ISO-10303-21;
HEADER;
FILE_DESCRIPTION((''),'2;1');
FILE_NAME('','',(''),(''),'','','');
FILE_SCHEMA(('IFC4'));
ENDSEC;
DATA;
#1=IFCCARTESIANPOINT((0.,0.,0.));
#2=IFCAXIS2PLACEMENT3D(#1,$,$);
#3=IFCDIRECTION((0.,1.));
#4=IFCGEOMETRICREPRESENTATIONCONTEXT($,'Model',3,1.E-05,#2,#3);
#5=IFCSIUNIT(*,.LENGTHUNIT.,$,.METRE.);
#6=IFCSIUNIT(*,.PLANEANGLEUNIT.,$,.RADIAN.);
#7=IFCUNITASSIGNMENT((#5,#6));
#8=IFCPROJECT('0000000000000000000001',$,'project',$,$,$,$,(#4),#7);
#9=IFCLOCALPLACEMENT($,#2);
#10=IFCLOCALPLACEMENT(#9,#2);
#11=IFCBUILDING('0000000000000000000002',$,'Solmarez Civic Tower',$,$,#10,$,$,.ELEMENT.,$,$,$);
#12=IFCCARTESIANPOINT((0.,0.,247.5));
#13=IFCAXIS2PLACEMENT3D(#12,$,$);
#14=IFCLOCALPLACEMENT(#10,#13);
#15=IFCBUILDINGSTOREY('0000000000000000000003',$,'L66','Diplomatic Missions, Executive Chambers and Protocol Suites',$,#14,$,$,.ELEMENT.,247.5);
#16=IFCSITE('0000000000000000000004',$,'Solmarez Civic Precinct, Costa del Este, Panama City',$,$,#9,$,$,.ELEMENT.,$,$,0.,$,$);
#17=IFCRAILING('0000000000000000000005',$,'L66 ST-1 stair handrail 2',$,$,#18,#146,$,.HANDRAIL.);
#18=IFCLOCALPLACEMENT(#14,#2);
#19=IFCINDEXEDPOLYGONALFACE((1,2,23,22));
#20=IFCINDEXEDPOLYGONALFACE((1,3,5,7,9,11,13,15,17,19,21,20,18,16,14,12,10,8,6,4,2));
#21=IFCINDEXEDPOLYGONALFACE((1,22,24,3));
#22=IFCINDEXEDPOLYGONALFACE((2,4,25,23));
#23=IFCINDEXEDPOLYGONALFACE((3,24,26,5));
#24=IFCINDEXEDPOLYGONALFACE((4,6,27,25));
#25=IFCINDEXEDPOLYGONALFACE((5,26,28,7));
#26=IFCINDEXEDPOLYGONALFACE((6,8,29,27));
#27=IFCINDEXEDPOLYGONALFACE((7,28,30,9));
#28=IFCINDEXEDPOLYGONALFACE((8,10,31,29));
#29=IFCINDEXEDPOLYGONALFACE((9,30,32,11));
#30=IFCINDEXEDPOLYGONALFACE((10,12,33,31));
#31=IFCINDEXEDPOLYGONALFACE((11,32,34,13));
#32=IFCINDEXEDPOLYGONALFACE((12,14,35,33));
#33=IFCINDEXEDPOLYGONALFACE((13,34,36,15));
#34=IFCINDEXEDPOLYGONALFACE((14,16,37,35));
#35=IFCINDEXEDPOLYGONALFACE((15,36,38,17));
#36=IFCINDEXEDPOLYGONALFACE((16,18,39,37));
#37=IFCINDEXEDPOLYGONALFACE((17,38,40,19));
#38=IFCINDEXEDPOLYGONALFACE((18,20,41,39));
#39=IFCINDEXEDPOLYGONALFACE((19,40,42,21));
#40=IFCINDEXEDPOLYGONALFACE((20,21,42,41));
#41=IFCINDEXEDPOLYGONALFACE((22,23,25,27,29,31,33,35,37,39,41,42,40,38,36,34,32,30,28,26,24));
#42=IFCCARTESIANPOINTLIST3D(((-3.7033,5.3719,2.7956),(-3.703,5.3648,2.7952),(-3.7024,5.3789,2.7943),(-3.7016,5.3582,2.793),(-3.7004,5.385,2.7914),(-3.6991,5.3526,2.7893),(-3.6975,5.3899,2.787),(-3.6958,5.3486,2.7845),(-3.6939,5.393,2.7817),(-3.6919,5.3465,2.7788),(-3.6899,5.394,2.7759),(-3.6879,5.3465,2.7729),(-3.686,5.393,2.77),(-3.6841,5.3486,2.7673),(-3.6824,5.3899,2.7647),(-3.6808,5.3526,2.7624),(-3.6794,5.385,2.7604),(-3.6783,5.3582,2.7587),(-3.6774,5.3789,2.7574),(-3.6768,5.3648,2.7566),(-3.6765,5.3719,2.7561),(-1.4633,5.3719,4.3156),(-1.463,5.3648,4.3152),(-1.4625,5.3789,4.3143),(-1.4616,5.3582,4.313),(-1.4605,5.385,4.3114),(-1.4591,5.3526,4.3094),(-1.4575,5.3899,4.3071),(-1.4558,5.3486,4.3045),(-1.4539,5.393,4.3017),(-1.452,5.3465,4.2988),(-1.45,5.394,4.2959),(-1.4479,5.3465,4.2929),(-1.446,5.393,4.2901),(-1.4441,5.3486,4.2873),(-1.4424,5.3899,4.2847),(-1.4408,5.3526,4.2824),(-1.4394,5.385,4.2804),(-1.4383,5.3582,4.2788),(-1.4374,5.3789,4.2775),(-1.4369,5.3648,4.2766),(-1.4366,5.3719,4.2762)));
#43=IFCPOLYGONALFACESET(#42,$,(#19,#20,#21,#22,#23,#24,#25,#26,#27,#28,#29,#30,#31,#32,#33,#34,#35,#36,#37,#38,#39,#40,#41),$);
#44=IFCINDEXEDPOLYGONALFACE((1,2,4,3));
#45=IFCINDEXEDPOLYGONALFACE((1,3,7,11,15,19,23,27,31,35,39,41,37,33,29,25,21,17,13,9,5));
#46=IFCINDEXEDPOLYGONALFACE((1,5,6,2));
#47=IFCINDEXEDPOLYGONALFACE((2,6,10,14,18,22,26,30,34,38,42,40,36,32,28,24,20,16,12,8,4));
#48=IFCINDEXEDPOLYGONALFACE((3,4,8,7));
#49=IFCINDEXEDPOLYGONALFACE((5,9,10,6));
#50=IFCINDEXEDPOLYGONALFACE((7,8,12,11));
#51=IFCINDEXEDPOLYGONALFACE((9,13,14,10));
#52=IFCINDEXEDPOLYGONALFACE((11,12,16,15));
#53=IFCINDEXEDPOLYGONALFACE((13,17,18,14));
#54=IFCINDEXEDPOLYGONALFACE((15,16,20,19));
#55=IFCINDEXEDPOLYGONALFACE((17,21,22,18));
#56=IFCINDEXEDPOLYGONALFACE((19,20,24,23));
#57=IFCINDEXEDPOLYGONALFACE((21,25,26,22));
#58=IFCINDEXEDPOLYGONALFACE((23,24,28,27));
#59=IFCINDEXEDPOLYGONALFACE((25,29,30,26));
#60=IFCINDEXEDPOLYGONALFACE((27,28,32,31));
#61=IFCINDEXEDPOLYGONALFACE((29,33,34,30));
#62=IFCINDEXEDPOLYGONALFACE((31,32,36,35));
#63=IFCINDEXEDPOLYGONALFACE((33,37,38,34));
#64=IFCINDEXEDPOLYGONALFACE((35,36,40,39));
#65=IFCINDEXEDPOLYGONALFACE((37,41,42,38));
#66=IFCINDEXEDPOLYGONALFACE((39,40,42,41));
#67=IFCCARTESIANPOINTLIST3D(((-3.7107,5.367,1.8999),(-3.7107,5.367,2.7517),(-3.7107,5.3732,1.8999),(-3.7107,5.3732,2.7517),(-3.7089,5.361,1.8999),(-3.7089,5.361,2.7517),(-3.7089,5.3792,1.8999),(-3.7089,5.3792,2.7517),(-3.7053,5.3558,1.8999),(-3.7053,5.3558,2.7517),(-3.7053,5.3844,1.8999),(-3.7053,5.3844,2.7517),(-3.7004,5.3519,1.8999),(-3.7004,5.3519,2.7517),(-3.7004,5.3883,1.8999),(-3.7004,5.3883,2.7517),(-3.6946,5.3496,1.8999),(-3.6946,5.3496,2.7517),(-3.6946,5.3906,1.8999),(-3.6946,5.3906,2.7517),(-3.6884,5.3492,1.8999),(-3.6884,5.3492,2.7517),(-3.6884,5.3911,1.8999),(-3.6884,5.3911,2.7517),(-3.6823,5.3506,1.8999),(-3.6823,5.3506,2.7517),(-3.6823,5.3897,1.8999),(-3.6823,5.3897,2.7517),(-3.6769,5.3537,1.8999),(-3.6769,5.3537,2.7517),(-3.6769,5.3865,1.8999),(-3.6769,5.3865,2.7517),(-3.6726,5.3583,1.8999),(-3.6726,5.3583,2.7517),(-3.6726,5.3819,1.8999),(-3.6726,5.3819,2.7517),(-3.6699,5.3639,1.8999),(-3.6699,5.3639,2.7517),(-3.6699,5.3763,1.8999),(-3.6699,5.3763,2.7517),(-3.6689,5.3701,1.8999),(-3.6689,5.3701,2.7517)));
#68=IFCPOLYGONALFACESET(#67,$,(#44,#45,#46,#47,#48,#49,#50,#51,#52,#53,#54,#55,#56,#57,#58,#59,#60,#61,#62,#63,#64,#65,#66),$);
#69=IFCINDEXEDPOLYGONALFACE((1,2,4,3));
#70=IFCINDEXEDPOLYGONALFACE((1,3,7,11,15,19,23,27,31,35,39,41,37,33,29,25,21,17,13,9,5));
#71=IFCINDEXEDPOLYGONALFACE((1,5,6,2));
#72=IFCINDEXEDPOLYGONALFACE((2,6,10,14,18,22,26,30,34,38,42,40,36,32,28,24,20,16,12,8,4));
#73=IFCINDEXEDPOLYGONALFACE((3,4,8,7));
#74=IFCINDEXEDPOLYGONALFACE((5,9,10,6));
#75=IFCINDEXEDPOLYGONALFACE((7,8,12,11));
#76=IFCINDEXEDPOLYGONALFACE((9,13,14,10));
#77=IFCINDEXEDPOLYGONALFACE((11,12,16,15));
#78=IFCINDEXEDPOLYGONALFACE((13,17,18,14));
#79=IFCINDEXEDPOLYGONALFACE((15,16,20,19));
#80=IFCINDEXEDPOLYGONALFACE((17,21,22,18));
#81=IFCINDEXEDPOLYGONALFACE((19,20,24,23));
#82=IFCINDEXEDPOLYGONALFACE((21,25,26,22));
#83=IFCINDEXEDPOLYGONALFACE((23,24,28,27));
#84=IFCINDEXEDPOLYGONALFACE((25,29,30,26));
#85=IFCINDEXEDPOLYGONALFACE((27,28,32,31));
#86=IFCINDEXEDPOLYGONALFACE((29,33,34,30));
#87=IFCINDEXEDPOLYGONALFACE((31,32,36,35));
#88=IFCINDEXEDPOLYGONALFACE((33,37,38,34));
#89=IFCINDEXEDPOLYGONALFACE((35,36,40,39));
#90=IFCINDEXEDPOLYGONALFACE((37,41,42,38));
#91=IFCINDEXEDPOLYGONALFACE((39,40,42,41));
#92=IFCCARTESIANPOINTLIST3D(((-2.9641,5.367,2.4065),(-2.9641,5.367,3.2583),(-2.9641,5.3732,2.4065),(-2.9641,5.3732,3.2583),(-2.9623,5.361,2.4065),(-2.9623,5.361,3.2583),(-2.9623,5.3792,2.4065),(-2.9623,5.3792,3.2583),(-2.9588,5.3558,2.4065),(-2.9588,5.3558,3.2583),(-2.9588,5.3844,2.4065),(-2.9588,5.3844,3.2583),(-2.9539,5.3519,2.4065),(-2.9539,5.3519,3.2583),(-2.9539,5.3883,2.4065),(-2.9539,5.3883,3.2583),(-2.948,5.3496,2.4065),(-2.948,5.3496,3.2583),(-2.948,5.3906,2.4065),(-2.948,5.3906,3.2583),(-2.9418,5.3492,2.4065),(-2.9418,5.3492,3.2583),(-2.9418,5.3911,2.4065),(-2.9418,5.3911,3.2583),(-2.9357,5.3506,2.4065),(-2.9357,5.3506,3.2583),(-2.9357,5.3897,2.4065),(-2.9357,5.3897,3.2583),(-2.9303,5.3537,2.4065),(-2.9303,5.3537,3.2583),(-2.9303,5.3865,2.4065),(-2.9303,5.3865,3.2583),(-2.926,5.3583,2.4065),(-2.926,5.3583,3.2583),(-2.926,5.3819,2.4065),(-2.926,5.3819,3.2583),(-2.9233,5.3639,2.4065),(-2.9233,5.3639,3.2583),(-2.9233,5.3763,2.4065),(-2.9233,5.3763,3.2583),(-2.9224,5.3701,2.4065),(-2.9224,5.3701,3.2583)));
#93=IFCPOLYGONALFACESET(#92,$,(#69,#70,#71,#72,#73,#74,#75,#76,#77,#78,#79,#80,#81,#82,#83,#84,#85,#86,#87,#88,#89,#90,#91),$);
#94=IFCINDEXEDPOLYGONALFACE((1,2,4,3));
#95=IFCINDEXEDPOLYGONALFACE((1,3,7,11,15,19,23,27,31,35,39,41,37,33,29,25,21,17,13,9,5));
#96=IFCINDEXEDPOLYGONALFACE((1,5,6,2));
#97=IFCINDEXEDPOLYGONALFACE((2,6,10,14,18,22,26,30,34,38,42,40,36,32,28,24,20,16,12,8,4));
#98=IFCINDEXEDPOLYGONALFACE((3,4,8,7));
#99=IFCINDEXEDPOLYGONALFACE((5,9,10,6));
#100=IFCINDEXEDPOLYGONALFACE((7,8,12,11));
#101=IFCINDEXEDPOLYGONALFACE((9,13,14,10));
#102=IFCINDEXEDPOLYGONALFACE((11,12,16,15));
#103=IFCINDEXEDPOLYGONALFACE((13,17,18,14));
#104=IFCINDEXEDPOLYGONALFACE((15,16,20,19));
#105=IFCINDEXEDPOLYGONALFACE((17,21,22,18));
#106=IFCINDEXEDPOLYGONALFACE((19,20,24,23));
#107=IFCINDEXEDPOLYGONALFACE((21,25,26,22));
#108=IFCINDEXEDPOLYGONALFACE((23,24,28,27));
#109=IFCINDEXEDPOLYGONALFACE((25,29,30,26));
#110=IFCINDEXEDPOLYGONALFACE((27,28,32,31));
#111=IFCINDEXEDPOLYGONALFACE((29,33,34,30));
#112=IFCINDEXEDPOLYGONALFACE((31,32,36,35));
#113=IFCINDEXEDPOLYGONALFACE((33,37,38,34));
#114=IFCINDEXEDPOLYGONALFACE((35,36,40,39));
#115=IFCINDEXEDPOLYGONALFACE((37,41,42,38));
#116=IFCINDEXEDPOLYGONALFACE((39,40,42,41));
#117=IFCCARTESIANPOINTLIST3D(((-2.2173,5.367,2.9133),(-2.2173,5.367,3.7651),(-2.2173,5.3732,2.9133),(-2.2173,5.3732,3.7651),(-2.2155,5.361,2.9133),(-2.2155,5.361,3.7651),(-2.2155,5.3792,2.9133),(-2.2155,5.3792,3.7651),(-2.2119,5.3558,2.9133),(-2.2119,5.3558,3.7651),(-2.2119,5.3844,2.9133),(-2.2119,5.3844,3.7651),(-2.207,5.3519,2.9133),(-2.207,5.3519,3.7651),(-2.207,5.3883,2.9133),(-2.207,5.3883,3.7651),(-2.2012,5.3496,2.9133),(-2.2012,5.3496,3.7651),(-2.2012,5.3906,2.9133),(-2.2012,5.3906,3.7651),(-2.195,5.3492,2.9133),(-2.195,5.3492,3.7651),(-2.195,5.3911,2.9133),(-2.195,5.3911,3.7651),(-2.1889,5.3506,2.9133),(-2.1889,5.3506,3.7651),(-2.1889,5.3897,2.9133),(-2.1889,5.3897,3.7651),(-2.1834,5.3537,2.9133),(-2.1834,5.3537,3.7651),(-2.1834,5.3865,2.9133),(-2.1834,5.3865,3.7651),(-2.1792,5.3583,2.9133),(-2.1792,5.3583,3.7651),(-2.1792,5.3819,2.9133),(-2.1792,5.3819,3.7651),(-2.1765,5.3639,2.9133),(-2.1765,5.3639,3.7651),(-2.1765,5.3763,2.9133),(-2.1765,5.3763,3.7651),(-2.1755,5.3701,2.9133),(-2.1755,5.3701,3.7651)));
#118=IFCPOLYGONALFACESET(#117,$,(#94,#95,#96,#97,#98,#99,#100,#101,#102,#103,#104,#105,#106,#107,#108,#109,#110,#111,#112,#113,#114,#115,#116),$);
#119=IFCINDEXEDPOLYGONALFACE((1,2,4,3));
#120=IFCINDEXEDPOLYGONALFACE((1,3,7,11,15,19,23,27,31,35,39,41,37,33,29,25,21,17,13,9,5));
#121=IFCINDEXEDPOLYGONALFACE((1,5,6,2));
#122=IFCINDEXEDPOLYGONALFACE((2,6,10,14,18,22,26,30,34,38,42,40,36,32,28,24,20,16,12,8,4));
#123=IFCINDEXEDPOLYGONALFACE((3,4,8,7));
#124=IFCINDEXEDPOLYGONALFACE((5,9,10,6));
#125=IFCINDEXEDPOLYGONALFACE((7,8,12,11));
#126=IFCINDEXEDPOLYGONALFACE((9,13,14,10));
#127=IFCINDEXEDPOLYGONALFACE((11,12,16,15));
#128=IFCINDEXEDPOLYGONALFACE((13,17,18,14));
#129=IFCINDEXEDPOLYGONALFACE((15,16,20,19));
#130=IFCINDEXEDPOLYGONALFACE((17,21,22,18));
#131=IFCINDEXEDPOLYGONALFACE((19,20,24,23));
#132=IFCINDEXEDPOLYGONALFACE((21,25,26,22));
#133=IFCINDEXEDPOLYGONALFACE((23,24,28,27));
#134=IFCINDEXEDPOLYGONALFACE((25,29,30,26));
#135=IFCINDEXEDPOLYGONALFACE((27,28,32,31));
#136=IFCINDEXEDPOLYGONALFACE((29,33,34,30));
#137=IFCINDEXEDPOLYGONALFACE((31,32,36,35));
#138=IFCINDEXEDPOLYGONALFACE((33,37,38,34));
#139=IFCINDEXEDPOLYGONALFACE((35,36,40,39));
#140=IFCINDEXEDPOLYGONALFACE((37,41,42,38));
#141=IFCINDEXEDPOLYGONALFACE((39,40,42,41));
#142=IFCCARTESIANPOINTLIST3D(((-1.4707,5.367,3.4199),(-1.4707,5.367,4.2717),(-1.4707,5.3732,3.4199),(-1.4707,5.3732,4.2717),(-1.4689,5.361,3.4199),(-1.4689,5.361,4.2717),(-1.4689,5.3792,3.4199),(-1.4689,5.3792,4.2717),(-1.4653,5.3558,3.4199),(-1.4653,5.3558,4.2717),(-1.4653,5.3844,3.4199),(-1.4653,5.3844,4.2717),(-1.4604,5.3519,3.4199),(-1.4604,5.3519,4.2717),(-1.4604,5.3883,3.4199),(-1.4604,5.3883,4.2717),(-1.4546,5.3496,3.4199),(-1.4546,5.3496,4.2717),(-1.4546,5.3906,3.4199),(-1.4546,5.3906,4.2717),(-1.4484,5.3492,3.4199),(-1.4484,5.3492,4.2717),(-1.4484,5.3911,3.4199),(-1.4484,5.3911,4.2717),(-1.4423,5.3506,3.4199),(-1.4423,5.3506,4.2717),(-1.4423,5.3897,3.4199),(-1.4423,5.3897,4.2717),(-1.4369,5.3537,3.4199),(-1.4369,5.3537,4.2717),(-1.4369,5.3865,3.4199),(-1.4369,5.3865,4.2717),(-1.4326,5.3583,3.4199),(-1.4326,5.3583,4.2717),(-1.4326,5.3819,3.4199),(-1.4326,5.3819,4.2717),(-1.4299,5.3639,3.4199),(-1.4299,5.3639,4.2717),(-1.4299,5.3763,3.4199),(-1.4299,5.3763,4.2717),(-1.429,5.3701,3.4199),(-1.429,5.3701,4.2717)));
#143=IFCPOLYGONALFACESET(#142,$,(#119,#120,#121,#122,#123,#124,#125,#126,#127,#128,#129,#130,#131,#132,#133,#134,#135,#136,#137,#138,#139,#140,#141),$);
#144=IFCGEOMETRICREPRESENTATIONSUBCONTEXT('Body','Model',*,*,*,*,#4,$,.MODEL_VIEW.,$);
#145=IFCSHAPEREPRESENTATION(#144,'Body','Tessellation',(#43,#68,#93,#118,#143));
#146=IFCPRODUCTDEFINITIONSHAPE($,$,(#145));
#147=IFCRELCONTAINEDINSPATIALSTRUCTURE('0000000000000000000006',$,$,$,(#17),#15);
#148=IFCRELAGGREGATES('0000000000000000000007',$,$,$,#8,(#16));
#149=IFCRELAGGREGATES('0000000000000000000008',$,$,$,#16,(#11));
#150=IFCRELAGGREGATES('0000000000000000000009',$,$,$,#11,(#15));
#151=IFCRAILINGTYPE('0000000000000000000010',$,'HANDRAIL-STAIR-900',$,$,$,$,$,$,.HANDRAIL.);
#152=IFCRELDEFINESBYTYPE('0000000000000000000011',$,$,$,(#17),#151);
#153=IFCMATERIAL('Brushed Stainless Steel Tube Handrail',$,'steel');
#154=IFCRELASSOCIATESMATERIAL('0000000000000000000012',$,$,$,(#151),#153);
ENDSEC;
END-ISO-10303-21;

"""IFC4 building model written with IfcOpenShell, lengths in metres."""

from ifc_helpers import new_model, si_unit, direction, frame, origin, origin_2d, place, context, subcontext, project, spatial, circle, extrude, material, type_object, element, save


model = new_model("IFC4")

# Units and contexts
model_context = context("Model", 3, precision=1e-05, world=origin(), true_north=direction((0.0, 1.0)))
body_context = subcontext(model_context, "Body", "Model", "MODEL_VIEW")
ifc_project = project(units=[si_unit("LENGTHUNIT", "METRE"), si_unit("PLANEANGLEUNIT", "RADIAN")], contexts=[model_context])

# Site, building, storey
site_placement = place(None, origin())
site = spatial("IfcSite", under=ifc_project, at=site_placement, Name="Solmarez Civic Precinct, Costa del Este, Panama City", CompositionType="ELEMENT", RefElevation=0.0)
building_placement = place(site_placement, origin())
building = spatial("IfcBuilding", under=site, at=building_placement, Name="Solmarez Civic Tower", CompositionType="ELEMENT")
storey_placement = place(building_placement, frame((0.0, 0.0, 247.5)))
storey = spatial("IfcBuildingStorey", under=building, at=storey_placement, Name="L66", Description="Diplomatic Missions, Executive Chambers and Protocol Suites", CompositionType="ELEMENT", Elevation=247.5)

# Railing
ifc_material_1 = material(Name="Brushed Stainless Steel Tube Handrail", Category="steel")
railing_type_1 = type_object("IfcRailingType", Name="HANDRAIL-STAIR-900", PredefinedType="HANDRAIL", material=ifc_material_1)
railing_1_placement = place(storey_placement, frame((-3.6899, 5.3701, 1.8999)))
element("IfcRailing", 1, at=railing_1_placement, inside=storey, type_object=railing_type_1, Name="L66 ST-1 stair handrail 2", PredefinedType="HANDRAIL", context=body_context, shape_type="SweptSolid", body=[
    extrude(circle(Radius=0.0239, at=origin_2d()), frame((0.0, 0.0, 0.876), z_axis=(0.827471, 0.0, 0.561508), x_axis=(0.0, 1.0, 0.0)), (0.0, 0.0, 1.0), 2.707),
    extrude(circle(Radius=0.021, at=origin_2d()), origin(), (0.0, 0.0, 1.0), 0.8518),
    extrude(circle(Radius=0.021, at=origin_2d()), frame((0.7466, 0.0, 0.5066)), (0.0, 0.0, 1.0), 0.8518),
    extrude(circle(Radius=0.021, at=origin_2d()), frame((1.4934, 0.0, 1.0134)), (0.0, 0.0, 1.0), 0.8518),
    extrude(circle(Radius=0.021, at=origin_2d()), frame((2.24, 0.0, 1.52)), (0.0, 0.0, 1.0), 0.8518),
])

save(model, "model.ifc")
